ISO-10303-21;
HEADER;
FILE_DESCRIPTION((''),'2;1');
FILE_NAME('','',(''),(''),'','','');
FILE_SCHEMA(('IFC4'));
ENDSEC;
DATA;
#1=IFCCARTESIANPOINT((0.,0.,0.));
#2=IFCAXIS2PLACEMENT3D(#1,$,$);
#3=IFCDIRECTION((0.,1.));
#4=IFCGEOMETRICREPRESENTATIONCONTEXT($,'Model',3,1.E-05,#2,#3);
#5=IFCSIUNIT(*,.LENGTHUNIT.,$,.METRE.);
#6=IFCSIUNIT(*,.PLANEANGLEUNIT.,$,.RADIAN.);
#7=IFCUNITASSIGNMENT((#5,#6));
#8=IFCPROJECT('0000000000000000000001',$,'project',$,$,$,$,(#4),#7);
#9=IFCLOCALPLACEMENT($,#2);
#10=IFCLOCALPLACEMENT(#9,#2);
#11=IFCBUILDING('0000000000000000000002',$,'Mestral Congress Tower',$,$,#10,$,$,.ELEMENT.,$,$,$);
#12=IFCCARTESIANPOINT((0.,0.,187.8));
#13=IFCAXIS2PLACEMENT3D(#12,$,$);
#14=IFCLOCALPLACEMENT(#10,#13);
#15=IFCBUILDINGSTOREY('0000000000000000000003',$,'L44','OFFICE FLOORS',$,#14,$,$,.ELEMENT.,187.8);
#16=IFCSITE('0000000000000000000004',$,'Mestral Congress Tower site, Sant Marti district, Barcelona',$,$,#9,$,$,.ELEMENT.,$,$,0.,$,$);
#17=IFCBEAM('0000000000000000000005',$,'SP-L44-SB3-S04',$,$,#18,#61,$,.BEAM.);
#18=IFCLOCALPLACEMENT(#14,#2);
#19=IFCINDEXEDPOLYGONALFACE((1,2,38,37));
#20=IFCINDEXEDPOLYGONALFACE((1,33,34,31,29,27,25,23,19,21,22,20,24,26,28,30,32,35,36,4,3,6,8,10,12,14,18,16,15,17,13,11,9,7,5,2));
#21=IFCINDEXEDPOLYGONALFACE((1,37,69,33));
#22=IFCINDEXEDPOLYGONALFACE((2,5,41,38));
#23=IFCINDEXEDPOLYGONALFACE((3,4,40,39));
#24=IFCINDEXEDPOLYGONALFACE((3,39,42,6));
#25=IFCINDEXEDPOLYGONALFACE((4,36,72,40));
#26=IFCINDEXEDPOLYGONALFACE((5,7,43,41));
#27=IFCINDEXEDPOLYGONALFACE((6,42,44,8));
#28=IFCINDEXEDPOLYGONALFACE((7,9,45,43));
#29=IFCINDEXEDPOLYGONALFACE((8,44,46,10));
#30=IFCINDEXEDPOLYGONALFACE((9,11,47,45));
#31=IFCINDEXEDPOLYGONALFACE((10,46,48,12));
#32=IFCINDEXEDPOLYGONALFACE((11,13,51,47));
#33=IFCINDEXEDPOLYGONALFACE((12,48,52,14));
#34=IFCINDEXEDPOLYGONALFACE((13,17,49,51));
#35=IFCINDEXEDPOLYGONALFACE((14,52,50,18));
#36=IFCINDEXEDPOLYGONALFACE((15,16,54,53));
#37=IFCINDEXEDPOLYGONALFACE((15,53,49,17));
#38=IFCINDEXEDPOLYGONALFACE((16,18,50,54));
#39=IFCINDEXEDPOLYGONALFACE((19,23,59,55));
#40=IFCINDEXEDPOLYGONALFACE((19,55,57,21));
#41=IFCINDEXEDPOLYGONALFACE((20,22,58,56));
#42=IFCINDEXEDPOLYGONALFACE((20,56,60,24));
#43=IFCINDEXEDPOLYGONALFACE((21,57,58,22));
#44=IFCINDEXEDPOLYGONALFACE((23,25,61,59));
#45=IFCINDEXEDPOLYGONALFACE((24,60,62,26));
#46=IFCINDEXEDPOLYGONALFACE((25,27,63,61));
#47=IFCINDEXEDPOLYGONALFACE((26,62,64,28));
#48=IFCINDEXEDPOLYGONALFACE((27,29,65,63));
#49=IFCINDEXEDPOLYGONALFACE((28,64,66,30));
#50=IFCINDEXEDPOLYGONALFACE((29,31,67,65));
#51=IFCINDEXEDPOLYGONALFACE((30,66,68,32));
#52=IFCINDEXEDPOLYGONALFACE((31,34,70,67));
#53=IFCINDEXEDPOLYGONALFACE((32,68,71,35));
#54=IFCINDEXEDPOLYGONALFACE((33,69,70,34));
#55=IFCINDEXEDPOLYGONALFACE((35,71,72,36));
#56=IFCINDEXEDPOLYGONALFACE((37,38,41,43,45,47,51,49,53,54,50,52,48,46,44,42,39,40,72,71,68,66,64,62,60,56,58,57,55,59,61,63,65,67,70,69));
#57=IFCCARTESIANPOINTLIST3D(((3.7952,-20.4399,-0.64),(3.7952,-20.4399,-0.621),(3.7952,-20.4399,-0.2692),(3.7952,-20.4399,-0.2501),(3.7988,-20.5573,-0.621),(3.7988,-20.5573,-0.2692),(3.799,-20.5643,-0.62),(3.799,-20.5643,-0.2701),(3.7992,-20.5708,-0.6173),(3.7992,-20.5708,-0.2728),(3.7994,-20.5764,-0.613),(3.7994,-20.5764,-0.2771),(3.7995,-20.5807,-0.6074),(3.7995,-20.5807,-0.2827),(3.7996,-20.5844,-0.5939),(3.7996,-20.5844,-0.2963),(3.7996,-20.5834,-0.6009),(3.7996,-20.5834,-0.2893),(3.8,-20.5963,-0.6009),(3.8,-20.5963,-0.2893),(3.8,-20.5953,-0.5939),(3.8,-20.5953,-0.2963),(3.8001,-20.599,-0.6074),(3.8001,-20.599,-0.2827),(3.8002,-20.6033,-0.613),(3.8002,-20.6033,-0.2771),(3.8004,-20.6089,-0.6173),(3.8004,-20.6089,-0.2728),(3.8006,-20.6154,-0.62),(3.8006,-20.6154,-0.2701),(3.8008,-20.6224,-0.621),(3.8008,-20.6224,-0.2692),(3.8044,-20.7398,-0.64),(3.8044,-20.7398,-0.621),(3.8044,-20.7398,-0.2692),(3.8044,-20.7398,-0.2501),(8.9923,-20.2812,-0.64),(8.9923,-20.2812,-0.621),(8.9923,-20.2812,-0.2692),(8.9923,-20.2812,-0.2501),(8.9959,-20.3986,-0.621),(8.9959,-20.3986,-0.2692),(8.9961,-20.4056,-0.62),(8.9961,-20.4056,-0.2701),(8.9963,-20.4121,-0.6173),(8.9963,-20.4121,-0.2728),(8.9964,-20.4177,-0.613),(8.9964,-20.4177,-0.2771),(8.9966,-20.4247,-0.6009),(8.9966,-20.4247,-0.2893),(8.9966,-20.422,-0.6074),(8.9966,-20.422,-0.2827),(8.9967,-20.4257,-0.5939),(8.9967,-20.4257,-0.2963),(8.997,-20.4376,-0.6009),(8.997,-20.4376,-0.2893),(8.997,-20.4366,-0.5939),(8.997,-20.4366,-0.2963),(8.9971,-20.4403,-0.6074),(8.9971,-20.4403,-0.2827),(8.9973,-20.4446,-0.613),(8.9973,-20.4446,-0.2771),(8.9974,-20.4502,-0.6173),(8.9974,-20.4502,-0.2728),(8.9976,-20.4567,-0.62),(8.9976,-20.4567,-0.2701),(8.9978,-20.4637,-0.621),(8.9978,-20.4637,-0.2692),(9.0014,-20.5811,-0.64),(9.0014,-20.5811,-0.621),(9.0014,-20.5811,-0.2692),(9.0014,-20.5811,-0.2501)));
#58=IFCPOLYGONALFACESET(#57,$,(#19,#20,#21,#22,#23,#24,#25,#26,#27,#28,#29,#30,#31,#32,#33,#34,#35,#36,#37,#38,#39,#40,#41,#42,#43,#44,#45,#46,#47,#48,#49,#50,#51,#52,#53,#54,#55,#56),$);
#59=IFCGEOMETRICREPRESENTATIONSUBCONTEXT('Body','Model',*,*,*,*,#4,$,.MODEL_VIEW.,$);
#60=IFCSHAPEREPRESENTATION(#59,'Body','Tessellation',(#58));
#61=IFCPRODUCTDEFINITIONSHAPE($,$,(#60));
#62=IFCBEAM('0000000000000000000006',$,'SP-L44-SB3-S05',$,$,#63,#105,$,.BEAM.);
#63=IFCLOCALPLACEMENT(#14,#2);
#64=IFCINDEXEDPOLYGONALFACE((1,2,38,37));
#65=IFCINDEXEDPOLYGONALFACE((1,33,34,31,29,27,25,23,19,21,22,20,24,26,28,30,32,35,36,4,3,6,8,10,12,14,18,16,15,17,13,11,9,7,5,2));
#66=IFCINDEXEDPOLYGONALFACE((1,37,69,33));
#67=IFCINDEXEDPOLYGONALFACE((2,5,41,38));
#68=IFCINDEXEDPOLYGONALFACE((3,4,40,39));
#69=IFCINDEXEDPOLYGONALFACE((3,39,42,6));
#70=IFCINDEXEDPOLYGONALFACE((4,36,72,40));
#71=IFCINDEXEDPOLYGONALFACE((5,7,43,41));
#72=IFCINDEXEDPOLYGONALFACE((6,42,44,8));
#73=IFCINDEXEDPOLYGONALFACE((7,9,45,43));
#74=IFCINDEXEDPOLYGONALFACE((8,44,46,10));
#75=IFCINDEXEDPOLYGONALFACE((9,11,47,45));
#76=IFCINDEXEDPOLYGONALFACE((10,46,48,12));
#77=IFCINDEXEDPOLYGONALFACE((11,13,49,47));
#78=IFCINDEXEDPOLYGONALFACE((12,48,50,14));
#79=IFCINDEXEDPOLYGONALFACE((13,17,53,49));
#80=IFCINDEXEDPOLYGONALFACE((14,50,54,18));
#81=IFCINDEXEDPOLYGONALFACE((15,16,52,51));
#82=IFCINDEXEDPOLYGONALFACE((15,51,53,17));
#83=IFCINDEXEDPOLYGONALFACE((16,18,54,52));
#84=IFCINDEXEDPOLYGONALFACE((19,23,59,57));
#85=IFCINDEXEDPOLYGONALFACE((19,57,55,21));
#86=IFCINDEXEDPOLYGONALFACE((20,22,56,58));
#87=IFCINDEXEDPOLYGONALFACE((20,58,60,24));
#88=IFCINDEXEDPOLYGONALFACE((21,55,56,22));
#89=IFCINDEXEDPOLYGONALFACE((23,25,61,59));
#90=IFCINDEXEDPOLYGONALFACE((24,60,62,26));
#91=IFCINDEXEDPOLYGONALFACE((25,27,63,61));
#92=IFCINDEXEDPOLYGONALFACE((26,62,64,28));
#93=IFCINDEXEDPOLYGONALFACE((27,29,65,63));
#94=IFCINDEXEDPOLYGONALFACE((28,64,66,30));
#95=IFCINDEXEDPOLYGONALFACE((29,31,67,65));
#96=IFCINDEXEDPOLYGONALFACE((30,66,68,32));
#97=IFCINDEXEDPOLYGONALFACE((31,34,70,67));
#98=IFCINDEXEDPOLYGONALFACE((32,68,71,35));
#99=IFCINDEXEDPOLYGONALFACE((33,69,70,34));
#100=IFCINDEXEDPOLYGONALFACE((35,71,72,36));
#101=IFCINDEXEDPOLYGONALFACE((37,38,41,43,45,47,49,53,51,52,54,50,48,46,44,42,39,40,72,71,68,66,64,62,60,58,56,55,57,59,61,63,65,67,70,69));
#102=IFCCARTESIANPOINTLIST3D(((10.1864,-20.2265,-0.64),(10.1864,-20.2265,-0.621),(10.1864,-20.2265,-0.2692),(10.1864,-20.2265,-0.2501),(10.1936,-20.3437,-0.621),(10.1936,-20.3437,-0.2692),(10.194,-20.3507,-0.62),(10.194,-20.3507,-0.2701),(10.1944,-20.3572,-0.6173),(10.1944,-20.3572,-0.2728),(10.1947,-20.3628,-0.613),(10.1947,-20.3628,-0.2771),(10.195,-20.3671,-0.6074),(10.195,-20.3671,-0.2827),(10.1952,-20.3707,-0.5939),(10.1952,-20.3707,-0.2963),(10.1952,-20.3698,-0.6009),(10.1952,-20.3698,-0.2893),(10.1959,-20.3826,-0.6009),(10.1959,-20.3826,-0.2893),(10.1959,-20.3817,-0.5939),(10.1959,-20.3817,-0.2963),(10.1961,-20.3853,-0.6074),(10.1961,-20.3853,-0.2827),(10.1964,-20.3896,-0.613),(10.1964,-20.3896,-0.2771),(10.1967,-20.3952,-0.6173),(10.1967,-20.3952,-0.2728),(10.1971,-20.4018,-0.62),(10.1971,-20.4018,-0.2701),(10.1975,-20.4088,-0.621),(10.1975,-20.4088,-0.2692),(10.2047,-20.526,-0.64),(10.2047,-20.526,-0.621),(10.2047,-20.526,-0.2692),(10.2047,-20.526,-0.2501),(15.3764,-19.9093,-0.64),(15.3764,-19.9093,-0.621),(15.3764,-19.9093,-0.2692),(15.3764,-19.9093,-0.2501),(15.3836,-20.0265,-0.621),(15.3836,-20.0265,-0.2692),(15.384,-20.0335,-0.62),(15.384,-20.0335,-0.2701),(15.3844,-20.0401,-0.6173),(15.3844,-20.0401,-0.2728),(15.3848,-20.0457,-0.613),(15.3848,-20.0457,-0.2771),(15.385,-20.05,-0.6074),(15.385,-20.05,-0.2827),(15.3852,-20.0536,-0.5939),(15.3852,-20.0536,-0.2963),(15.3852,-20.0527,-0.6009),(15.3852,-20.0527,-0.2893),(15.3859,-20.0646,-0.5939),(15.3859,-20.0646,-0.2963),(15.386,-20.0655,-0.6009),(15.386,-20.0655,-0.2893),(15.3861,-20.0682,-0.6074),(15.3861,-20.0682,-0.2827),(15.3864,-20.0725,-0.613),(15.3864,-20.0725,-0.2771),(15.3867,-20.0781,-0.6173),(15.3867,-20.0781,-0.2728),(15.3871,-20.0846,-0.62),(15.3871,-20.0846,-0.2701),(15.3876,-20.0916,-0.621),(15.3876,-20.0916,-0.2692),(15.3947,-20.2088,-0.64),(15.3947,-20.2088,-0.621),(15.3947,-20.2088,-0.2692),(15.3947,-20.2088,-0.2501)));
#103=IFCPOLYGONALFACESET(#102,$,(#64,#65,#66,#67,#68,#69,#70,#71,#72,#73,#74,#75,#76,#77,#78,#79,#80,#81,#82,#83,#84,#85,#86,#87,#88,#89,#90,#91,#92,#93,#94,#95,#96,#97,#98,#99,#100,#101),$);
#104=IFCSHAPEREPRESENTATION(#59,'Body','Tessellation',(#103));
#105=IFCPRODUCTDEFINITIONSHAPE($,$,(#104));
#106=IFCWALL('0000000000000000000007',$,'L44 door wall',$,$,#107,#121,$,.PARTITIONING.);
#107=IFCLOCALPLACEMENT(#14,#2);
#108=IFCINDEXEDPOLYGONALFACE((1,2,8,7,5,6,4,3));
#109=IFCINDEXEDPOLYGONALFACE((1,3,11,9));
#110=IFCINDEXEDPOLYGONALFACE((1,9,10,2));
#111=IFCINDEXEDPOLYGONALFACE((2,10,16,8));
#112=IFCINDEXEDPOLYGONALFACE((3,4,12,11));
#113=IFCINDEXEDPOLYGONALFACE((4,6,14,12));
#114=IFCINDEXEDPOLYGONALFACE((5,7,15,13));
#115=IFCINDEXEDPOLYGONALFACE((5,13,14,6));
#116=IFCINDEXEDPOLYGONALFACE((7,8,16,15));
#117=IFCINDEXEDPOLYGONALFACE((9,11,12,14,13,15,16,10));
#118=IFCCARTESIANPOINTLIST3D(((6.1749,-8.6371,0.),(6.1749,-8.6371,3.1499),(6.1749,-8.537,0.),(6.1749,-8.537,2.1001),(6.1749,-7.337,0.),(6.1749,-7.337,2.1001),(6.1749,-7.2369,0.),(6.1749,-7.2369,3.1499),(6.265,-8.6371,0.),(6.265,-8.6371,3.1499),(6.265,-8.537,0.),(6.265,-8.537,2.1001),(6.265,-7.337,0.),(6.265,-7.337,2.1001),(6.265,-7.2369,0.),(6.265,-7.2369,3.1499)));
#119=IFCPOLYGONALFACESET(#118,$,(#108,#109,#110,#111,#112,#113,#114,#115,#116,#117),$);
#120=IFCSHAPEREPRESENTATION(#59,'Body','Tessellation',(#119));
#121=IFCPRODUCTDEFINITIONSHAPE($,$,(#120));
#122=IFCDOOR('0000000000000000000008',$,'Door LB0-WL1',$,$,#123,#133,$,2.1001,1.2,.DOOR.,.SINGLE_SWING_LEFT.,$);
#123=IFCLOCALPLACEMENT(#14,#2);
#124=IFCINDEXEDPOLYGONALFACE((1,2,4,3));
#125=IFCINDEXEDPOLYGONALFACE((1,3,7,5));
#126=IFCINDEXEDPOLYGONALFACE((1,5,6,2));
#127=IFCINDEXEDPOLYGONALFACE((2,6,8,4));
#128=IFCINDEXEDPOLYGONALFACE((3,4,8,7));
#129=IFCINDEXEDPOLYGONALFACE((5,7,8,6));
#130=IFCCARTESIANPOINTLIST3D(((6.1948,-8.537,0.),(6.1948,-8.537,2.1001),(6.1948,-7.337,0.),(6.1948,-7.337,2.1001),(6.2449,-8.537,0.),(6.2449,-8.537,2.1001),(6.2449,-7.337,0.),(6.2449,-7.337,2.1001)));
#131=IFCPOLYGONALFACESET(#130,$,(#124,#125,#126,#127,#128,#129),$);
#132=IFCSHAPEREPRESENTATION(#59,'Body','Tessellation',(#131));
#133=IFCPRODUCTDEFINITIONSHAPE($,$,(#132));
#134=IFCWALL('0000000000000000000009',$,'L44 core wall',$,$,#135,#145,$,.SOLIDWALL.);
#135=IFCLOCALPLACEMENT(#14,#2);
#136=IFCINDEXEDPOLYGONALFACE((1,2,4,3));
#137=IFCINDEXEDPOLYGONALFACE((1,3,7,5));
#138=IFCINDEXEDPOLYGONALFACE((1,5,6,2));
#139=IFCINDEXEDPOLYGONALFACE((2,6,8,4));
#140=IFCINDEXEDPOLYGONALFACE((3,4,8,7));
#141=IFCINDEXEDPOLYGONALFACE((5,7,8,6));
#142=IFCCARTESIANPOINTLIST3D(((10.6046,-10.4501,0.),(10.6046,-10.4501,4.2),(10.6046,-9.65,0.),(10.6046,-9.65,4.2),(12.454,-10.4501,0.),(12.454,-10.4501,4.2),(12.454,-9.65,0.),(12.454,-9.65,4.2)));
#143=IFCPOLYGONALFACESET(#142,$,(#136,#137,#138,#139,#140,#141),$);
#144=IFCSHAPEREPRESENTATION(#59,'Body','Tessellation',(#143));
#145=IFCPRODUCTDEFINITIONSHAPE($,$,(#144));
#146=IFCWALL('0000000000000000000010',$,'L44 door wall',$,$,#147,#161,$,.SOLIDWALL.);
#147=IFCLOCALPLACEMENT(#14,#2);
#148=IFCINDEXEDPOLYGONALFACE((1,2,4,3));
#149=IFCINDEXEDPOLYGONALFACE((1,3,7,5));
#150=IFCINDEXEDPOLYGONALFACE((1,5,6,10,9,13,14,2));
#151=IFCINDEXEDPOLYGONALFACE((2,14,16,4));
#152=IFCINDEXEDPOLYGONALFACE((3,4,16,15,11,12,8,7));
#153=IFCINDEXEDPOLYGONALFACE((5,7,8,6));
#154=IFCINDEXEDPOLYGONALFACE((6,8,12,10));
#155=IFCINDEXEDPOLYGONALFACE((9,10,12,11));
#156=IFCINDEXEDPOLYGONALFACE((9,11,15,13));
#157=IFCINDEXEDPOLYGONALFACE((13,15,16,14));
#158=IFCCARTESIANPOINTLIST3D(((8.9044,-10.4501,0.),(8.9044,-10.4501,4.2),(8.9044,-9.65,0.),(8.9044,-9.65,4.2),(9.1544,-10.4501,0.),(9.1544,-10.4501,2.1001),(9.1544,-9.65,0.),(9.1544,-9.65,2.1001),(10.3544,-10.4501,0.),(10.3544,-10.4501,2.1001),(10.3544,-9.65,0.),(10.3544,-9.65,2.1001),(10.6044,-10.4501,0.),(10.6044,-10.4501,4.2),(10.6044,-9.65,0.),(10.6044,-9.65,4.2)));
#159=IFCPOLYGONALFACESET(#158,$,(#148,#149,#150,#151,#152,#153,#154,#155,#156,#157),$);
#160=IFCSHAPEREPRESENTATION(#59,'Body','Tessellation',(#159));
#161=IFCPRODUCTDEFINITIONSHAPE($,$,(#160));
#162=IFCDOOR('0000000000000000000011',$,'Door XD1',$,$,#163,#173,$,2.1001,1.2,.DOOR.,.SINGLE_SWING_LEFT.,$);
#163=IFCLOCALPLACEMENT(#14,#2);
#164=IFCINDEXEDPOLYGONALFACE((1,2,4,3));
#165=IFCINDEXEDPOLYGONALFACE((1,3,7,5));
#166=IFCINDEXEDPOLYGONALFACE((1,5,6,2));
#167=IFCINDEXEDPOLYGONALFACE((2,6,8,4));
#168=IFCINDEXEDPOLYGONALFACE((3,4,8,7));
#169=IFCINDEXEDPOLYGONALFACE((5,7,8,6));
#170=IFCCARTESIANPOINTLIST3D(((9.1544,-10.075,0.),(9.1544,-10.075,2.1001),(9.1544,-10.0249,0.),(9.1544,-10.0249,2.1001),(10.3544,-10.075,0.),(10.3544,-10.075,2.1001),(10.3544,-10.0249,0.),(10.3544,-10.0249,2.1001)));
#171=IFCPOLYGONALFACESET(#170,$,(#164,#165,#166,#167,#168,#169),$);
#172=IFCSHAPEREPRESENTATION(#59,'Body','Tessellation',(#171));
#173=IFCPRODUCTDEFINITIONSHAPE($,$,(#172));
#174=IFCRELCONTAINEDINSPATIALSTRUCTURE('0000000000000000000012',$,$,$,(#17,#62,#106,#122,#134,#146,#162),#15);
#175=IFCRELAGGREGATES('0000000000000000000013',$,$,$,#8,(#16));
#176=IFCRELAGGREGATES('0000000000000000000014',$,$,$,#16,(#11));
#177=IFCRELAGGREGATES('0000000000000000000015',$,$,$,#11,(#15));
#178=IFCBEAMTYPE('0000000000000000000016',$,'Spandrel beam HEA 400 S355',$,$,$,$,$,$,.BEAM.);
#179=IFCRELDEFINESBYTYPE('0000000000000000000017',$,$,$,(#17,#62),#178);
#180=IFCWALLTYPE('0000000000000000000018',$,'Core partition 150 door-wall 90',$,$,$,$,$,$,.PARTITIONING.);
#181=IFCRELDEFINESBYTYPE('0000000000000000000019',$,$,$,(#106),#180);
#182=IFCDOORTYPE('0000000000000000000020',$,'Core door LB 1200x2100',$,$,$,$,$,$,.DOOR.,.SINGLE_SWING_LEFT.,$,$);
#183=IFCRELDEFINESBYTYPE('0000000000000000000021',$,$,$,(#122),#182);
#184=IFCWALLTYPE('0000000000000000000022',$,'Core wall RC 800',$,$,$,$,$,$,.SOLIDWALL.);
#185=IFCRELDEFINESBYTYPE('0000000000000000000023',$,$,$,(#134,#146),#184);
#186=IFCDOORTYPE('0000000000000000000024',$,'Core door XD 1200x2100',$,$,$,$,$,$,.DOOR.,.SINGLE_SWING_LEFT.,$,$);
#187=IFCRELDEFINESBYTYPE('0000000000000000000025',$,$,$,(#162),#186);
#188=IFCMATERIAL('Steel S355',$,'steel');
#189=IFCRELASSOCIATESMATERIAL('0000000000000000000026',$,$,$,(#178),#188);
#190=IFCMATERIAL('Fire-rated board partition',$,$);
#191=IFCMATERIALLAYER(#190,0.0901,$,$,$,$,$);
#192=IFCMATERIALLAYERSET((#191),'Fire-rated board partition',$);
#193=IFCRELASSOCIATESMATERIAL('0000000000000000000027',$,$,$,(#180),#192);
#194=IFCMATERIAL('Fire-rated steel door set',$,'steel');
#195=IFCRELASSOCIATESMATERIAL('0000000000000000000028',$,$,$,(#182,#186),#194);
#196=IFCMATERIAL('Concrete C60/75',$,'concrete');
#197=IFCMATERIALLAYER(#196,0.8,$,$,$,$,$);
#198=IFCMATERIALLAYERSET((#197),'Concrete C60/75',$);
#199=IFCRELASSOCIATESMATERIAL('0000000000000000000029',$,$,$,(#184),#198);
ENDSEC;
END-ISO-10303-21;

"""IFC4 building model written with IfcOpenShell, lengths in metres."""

from ifc_helpers import new_model, si_unit, direction, frame, frame_2d, origin, origin_2d, place, context, subcontext, project, spatial, rectangle, i_section, extrude, material, layer, layer_set, material_profile, profile_set, type_object, element, fill, save


model = new_model("IFC4")

# Units and contexts
model_context = context("Model", 3, precision=1e-05, world=origin(), true_north=direction((0.0, 1.0)))
body_context = subcontext(model_context, "Body", "Model", "MODEL_VIEW")
ifc_project = project(units=[si_unit("LENGTHUNIT", "METRE"), si_unit("PLANEANGLEUNIT", "RADIAN")], contexts=[model_context])

# Site, building, storey
site_placement = place(None, origin())
site = spatial("IfcSite", under=ifc_project, at=site_placement, Name="Mestral Congress Tower site, Sant Marti district, Barcelona", CompositionType="ELEMENT", RefElevation=0.0)
building_placement = place(site_placement, origin())
building = spatial("IfcBuilding", under=site, at=building_placement, Name="Mestral Congress Tower", CompositionType="ELEMENT")
storey_placement = place(building_placement, frame((0.0, 0.0, 187.8)))
storey = spatial("IfcBuildingStorey", under=building, at=storey_placement, Name="L44", Description="OFFICE FLOORS", CompositionType="ELEMENT", Elevation=187.8)

# Shared definitions
ifc_material_1 = material(Name="Concrete C60/75", Category="concrete")

# Beams
ifc_material_2 = material(Name="Steel S355", Category="steel")
ifc_material_profile_1 = material_profile(ifc_material_2, i_section(OverallWidth=0.3, OverallDepth=0.3899, WebThickness=0.011, FlangeThickness=0.019, FilletRadius=0.0271, at=origin_2d()), Name="HEA 400")
ifc_profile_set_1 = profile_set([ifc_material_profile_1], Name="Steel S355")
beam_type_1 = type_object("IfcBeamType", Name="Spandrel beam HEA 400 S355", PredefinedType="BEAM", material=ifc_profile_set_1)
beam_1_placement = place(storey_placement, frame((3.7998, -20.5898, -0.4451), z_axis=(0.999534, 0.030521, 0.0), x_axis=(-0.030521, 0.999534, 0.0)))
element("IfcBeam", 1, at=beam_1_placement, inside=storey, type_object=beam_type_1, Name="SP-L44-SB3-S04", PredefinedType="BEAM", context=body_context, shape_type="SweptSolid", body=[
    extrude(i_section(OverallWidth=0.3, OverallDepth=0.3899, WebThickness=0.011, FlangeThickness=0.019, FilletRadius=0.0271, at=origin_2d()), origin(), (0.0, 0.0, 1.0), 5.1995),
])
beam_2_placement = place(storey_placement, frame((10.1956, -20.3762, -0.4451), z_axis=(0.998138, 0.060993, 0.0), x_axis=(-0.060993, 0.998138, 0.0)))
element("IfcBeam", 2, at=beam_2_placement, inside=storey, type_object=beam_type_1, Name="SP-L44-SB3-S05", PredefinedType="BEAM", context=body_context, shape_type="SweptSolid", body=[
    extrude(i_section(OverallWidth=0.3, OverallDepth=0.3899, WebThickness=0.011, FlangeThickness=0.019, FilletRadius=0.0271, at=origin_2d()), origin(), (0.0, 0.0, 1.0), 5.1997),
])

# Wall, opening, door
ifc_material_3 = material(Name="Fire-rated board partition")
ifc_layer_1 = layer(ifc_material_3, 0.0901)
ifc_layer_set_1 = layer_set([ifc_layer_1], Name="Fire-rated board partition")
wall_type_1 = type_object("IfcWallType", Name="Core partition 150 door-wall 90", PredefinedType="PARTITIONING", material=ifc_layer_set_1)
wall_1_placement = place(storey_placement, frame((6.22, -7.2368, 0.0), z_axis=(0.0, 0.0, 1.0), x_axis=(0.0, -1.0, 0.0)))
wall_1 = element("IfcWall", 3, at=wall_1_placement, inside=storey, type_object=wall_type_1, Name="L44 door wall", PredefinedType="PARTITIONING", context=body_context, shape_type="SweptSolid", body=[
    extrude(rectangle(XDim=1.4001, YDim=0.0901, at=frame_2d((0.7002, 0.0))), origin(), (0.0, 0.0, 1.0), 3.1499),
])
opening_1_placement = place(wall_1_placement, frame((0.1001, 0.0, 0.0)))
opening_1 = element("IfcOpeningElement", 4, at=opening_1_placement, cuts=wall_1, PredefinedType="OPENING", context=body_context, shape_type="SweptSolid", body=[
    extrude(rectangle(XDim=1.2, YDim=2.1001, at=frame_2d((0.6001, 1.05))), frame((0.0, 0.0549, 0.0), z_axis=(0.0, -1.0, 0.0), x_axis=(1.0, 0.0, 0.0)), (0.0, 0.0, 1.0), 0.1101),
])
ifc_material_4 = material(Name="Fire-rated steel door set", Category="steel")
door_type_1 = type_object("IfcDoorType", Name="Core door LB 1200x2100", OperationType="SINGLE_SWING_LEFT", PredefinedType="DOOR", material=ifc_material_4)
door_1_placement = place(opening_1_placement, origin())
door_1 = element("IfcDoor", 5, at=door_1_placement, inside=storey, type_object=door_type_1, Name="Door LB0-WL1", OperationType="SINGLE_SWING_LEFT", OverallHeight=2.1001, OverallWidth=1.2, PredefinedType="DOOR", context=body_context, shape_type="SweptSolid", body=[
    extrude(rectangle(XDim=1.2, YDim=2.1001, at=frame_2d((0.6001, 1.05))), frame((0.0, 0.0249, 0.0), z_axis=(0.0, -1.0, 0.0), x_axis=(1.0, 0.0, 0.0)), (0.0, 0.0, 1.0), 0.05),
])
fill(opening_1, door_1)

# Wall
ifc_layer_2 = layer(ifc_material_1, 0.8)
ifc_layer_set_2 = layer_set([ifc_layer_2], Name="Concrete C60/75")
wall_type_2 = type_object("IfcWallType", Name="Core wall RC 800", PredefinedType="SOLIDWALL", material=ifc_layer_set_2)
wall_2_placement = place(storey_placement, frame((10.6045, -10.05, 0.0), z_axis=(0.0, 0.0, 1.0), x_axis=(1.0, 0.0, 0.0)))
element("IfcWall", 6, at=wall_2_placement, inside=storey, type_object=wall_type_2, Name="L44 core wall", PredefinedType="SOLIDWALL", context=body_context, shape_type="SweptSolid", body=[
    extrude(rectangle(XDim=1.8494, YDim=0.8, at=frame_2d((0.9248, 0.0))), origin(), (0.0, 0.0, 1.0), 4.2),
])

# Wall, opening, door
wall_3_placement = place(storey_placement, frame((10.6045, -10.05, 0.0), z_axis=(0.0, 0.0, 1.0), x_axis=(-1.0, 0.0, 0.0)))
wall_3 = element("IfcWall", 7, at=wall_3_placement, inside=storey, type_object=wall_type_2, Name="L44 door wall", PredefinedType="SOLIDWALL", context=body_context, shape_type="SweptSolid", body=[
    extrude(rectangle(XDim=1.7, YDim=0.8, at=frame_2d((0.8501, 0.0))), origin(), (0.0, 0.0, 1.0), 4.2),
])
opening_2_placement = place(wall_3_placement, frame((0.25, 0.0, 0.0)))
opening_2 = element("IfcOpeningElement", 8, at=opening_2_placement, cuts=wall_3, PredefinedType="OPENING", context=body_context, shape_type="SweptSolid", body=[
    extrude(rectangle(XDim=1.2, YDim=2.1001, at=frame_2d((0.6001, 1.05))), frame((0.0, 0.4099, 0.0), z_axis=(0.0, -1.0, 0.0), x_axis=(1.0, 0.0, 0.0)), (0.0, 0.0, 1.0), 0.8201),
])
door_type_2 = type_object("IfcDoorType", Name="Core door XD 1200x2100", OperationType="SINGLE_SWING_LEFT", PredefinedType="DOOR", material=ifc_material_4)
door_2_placement = place(opening_2_placement, origin())
door_2 = element("IfcDoor", 9, at=door_2_placement, inside=storey, type_object=door_type_2, Name="Door XD1", OperationType="SINGLE_SWING_LEFT", OverallHeight=2.1001, OverallWidth=1.2, PredefinedType="DOOR", context=body_context, shape_type="SweptSolid", body=[
    extrude(rectangle(XDim=1.2, YDim=2.1001, at=frame_2d((0.6001, 1.05))), frame((0.0, 0.0249, 0.0), z_axis=(0.0, -1.0, 0.0), x_axis=(1.0, 0.0, 0.0)), (0.0, 0.0, 1.0), 0.05),
])
fill(opening_2, door_2)

save(model, "model.ifc")
